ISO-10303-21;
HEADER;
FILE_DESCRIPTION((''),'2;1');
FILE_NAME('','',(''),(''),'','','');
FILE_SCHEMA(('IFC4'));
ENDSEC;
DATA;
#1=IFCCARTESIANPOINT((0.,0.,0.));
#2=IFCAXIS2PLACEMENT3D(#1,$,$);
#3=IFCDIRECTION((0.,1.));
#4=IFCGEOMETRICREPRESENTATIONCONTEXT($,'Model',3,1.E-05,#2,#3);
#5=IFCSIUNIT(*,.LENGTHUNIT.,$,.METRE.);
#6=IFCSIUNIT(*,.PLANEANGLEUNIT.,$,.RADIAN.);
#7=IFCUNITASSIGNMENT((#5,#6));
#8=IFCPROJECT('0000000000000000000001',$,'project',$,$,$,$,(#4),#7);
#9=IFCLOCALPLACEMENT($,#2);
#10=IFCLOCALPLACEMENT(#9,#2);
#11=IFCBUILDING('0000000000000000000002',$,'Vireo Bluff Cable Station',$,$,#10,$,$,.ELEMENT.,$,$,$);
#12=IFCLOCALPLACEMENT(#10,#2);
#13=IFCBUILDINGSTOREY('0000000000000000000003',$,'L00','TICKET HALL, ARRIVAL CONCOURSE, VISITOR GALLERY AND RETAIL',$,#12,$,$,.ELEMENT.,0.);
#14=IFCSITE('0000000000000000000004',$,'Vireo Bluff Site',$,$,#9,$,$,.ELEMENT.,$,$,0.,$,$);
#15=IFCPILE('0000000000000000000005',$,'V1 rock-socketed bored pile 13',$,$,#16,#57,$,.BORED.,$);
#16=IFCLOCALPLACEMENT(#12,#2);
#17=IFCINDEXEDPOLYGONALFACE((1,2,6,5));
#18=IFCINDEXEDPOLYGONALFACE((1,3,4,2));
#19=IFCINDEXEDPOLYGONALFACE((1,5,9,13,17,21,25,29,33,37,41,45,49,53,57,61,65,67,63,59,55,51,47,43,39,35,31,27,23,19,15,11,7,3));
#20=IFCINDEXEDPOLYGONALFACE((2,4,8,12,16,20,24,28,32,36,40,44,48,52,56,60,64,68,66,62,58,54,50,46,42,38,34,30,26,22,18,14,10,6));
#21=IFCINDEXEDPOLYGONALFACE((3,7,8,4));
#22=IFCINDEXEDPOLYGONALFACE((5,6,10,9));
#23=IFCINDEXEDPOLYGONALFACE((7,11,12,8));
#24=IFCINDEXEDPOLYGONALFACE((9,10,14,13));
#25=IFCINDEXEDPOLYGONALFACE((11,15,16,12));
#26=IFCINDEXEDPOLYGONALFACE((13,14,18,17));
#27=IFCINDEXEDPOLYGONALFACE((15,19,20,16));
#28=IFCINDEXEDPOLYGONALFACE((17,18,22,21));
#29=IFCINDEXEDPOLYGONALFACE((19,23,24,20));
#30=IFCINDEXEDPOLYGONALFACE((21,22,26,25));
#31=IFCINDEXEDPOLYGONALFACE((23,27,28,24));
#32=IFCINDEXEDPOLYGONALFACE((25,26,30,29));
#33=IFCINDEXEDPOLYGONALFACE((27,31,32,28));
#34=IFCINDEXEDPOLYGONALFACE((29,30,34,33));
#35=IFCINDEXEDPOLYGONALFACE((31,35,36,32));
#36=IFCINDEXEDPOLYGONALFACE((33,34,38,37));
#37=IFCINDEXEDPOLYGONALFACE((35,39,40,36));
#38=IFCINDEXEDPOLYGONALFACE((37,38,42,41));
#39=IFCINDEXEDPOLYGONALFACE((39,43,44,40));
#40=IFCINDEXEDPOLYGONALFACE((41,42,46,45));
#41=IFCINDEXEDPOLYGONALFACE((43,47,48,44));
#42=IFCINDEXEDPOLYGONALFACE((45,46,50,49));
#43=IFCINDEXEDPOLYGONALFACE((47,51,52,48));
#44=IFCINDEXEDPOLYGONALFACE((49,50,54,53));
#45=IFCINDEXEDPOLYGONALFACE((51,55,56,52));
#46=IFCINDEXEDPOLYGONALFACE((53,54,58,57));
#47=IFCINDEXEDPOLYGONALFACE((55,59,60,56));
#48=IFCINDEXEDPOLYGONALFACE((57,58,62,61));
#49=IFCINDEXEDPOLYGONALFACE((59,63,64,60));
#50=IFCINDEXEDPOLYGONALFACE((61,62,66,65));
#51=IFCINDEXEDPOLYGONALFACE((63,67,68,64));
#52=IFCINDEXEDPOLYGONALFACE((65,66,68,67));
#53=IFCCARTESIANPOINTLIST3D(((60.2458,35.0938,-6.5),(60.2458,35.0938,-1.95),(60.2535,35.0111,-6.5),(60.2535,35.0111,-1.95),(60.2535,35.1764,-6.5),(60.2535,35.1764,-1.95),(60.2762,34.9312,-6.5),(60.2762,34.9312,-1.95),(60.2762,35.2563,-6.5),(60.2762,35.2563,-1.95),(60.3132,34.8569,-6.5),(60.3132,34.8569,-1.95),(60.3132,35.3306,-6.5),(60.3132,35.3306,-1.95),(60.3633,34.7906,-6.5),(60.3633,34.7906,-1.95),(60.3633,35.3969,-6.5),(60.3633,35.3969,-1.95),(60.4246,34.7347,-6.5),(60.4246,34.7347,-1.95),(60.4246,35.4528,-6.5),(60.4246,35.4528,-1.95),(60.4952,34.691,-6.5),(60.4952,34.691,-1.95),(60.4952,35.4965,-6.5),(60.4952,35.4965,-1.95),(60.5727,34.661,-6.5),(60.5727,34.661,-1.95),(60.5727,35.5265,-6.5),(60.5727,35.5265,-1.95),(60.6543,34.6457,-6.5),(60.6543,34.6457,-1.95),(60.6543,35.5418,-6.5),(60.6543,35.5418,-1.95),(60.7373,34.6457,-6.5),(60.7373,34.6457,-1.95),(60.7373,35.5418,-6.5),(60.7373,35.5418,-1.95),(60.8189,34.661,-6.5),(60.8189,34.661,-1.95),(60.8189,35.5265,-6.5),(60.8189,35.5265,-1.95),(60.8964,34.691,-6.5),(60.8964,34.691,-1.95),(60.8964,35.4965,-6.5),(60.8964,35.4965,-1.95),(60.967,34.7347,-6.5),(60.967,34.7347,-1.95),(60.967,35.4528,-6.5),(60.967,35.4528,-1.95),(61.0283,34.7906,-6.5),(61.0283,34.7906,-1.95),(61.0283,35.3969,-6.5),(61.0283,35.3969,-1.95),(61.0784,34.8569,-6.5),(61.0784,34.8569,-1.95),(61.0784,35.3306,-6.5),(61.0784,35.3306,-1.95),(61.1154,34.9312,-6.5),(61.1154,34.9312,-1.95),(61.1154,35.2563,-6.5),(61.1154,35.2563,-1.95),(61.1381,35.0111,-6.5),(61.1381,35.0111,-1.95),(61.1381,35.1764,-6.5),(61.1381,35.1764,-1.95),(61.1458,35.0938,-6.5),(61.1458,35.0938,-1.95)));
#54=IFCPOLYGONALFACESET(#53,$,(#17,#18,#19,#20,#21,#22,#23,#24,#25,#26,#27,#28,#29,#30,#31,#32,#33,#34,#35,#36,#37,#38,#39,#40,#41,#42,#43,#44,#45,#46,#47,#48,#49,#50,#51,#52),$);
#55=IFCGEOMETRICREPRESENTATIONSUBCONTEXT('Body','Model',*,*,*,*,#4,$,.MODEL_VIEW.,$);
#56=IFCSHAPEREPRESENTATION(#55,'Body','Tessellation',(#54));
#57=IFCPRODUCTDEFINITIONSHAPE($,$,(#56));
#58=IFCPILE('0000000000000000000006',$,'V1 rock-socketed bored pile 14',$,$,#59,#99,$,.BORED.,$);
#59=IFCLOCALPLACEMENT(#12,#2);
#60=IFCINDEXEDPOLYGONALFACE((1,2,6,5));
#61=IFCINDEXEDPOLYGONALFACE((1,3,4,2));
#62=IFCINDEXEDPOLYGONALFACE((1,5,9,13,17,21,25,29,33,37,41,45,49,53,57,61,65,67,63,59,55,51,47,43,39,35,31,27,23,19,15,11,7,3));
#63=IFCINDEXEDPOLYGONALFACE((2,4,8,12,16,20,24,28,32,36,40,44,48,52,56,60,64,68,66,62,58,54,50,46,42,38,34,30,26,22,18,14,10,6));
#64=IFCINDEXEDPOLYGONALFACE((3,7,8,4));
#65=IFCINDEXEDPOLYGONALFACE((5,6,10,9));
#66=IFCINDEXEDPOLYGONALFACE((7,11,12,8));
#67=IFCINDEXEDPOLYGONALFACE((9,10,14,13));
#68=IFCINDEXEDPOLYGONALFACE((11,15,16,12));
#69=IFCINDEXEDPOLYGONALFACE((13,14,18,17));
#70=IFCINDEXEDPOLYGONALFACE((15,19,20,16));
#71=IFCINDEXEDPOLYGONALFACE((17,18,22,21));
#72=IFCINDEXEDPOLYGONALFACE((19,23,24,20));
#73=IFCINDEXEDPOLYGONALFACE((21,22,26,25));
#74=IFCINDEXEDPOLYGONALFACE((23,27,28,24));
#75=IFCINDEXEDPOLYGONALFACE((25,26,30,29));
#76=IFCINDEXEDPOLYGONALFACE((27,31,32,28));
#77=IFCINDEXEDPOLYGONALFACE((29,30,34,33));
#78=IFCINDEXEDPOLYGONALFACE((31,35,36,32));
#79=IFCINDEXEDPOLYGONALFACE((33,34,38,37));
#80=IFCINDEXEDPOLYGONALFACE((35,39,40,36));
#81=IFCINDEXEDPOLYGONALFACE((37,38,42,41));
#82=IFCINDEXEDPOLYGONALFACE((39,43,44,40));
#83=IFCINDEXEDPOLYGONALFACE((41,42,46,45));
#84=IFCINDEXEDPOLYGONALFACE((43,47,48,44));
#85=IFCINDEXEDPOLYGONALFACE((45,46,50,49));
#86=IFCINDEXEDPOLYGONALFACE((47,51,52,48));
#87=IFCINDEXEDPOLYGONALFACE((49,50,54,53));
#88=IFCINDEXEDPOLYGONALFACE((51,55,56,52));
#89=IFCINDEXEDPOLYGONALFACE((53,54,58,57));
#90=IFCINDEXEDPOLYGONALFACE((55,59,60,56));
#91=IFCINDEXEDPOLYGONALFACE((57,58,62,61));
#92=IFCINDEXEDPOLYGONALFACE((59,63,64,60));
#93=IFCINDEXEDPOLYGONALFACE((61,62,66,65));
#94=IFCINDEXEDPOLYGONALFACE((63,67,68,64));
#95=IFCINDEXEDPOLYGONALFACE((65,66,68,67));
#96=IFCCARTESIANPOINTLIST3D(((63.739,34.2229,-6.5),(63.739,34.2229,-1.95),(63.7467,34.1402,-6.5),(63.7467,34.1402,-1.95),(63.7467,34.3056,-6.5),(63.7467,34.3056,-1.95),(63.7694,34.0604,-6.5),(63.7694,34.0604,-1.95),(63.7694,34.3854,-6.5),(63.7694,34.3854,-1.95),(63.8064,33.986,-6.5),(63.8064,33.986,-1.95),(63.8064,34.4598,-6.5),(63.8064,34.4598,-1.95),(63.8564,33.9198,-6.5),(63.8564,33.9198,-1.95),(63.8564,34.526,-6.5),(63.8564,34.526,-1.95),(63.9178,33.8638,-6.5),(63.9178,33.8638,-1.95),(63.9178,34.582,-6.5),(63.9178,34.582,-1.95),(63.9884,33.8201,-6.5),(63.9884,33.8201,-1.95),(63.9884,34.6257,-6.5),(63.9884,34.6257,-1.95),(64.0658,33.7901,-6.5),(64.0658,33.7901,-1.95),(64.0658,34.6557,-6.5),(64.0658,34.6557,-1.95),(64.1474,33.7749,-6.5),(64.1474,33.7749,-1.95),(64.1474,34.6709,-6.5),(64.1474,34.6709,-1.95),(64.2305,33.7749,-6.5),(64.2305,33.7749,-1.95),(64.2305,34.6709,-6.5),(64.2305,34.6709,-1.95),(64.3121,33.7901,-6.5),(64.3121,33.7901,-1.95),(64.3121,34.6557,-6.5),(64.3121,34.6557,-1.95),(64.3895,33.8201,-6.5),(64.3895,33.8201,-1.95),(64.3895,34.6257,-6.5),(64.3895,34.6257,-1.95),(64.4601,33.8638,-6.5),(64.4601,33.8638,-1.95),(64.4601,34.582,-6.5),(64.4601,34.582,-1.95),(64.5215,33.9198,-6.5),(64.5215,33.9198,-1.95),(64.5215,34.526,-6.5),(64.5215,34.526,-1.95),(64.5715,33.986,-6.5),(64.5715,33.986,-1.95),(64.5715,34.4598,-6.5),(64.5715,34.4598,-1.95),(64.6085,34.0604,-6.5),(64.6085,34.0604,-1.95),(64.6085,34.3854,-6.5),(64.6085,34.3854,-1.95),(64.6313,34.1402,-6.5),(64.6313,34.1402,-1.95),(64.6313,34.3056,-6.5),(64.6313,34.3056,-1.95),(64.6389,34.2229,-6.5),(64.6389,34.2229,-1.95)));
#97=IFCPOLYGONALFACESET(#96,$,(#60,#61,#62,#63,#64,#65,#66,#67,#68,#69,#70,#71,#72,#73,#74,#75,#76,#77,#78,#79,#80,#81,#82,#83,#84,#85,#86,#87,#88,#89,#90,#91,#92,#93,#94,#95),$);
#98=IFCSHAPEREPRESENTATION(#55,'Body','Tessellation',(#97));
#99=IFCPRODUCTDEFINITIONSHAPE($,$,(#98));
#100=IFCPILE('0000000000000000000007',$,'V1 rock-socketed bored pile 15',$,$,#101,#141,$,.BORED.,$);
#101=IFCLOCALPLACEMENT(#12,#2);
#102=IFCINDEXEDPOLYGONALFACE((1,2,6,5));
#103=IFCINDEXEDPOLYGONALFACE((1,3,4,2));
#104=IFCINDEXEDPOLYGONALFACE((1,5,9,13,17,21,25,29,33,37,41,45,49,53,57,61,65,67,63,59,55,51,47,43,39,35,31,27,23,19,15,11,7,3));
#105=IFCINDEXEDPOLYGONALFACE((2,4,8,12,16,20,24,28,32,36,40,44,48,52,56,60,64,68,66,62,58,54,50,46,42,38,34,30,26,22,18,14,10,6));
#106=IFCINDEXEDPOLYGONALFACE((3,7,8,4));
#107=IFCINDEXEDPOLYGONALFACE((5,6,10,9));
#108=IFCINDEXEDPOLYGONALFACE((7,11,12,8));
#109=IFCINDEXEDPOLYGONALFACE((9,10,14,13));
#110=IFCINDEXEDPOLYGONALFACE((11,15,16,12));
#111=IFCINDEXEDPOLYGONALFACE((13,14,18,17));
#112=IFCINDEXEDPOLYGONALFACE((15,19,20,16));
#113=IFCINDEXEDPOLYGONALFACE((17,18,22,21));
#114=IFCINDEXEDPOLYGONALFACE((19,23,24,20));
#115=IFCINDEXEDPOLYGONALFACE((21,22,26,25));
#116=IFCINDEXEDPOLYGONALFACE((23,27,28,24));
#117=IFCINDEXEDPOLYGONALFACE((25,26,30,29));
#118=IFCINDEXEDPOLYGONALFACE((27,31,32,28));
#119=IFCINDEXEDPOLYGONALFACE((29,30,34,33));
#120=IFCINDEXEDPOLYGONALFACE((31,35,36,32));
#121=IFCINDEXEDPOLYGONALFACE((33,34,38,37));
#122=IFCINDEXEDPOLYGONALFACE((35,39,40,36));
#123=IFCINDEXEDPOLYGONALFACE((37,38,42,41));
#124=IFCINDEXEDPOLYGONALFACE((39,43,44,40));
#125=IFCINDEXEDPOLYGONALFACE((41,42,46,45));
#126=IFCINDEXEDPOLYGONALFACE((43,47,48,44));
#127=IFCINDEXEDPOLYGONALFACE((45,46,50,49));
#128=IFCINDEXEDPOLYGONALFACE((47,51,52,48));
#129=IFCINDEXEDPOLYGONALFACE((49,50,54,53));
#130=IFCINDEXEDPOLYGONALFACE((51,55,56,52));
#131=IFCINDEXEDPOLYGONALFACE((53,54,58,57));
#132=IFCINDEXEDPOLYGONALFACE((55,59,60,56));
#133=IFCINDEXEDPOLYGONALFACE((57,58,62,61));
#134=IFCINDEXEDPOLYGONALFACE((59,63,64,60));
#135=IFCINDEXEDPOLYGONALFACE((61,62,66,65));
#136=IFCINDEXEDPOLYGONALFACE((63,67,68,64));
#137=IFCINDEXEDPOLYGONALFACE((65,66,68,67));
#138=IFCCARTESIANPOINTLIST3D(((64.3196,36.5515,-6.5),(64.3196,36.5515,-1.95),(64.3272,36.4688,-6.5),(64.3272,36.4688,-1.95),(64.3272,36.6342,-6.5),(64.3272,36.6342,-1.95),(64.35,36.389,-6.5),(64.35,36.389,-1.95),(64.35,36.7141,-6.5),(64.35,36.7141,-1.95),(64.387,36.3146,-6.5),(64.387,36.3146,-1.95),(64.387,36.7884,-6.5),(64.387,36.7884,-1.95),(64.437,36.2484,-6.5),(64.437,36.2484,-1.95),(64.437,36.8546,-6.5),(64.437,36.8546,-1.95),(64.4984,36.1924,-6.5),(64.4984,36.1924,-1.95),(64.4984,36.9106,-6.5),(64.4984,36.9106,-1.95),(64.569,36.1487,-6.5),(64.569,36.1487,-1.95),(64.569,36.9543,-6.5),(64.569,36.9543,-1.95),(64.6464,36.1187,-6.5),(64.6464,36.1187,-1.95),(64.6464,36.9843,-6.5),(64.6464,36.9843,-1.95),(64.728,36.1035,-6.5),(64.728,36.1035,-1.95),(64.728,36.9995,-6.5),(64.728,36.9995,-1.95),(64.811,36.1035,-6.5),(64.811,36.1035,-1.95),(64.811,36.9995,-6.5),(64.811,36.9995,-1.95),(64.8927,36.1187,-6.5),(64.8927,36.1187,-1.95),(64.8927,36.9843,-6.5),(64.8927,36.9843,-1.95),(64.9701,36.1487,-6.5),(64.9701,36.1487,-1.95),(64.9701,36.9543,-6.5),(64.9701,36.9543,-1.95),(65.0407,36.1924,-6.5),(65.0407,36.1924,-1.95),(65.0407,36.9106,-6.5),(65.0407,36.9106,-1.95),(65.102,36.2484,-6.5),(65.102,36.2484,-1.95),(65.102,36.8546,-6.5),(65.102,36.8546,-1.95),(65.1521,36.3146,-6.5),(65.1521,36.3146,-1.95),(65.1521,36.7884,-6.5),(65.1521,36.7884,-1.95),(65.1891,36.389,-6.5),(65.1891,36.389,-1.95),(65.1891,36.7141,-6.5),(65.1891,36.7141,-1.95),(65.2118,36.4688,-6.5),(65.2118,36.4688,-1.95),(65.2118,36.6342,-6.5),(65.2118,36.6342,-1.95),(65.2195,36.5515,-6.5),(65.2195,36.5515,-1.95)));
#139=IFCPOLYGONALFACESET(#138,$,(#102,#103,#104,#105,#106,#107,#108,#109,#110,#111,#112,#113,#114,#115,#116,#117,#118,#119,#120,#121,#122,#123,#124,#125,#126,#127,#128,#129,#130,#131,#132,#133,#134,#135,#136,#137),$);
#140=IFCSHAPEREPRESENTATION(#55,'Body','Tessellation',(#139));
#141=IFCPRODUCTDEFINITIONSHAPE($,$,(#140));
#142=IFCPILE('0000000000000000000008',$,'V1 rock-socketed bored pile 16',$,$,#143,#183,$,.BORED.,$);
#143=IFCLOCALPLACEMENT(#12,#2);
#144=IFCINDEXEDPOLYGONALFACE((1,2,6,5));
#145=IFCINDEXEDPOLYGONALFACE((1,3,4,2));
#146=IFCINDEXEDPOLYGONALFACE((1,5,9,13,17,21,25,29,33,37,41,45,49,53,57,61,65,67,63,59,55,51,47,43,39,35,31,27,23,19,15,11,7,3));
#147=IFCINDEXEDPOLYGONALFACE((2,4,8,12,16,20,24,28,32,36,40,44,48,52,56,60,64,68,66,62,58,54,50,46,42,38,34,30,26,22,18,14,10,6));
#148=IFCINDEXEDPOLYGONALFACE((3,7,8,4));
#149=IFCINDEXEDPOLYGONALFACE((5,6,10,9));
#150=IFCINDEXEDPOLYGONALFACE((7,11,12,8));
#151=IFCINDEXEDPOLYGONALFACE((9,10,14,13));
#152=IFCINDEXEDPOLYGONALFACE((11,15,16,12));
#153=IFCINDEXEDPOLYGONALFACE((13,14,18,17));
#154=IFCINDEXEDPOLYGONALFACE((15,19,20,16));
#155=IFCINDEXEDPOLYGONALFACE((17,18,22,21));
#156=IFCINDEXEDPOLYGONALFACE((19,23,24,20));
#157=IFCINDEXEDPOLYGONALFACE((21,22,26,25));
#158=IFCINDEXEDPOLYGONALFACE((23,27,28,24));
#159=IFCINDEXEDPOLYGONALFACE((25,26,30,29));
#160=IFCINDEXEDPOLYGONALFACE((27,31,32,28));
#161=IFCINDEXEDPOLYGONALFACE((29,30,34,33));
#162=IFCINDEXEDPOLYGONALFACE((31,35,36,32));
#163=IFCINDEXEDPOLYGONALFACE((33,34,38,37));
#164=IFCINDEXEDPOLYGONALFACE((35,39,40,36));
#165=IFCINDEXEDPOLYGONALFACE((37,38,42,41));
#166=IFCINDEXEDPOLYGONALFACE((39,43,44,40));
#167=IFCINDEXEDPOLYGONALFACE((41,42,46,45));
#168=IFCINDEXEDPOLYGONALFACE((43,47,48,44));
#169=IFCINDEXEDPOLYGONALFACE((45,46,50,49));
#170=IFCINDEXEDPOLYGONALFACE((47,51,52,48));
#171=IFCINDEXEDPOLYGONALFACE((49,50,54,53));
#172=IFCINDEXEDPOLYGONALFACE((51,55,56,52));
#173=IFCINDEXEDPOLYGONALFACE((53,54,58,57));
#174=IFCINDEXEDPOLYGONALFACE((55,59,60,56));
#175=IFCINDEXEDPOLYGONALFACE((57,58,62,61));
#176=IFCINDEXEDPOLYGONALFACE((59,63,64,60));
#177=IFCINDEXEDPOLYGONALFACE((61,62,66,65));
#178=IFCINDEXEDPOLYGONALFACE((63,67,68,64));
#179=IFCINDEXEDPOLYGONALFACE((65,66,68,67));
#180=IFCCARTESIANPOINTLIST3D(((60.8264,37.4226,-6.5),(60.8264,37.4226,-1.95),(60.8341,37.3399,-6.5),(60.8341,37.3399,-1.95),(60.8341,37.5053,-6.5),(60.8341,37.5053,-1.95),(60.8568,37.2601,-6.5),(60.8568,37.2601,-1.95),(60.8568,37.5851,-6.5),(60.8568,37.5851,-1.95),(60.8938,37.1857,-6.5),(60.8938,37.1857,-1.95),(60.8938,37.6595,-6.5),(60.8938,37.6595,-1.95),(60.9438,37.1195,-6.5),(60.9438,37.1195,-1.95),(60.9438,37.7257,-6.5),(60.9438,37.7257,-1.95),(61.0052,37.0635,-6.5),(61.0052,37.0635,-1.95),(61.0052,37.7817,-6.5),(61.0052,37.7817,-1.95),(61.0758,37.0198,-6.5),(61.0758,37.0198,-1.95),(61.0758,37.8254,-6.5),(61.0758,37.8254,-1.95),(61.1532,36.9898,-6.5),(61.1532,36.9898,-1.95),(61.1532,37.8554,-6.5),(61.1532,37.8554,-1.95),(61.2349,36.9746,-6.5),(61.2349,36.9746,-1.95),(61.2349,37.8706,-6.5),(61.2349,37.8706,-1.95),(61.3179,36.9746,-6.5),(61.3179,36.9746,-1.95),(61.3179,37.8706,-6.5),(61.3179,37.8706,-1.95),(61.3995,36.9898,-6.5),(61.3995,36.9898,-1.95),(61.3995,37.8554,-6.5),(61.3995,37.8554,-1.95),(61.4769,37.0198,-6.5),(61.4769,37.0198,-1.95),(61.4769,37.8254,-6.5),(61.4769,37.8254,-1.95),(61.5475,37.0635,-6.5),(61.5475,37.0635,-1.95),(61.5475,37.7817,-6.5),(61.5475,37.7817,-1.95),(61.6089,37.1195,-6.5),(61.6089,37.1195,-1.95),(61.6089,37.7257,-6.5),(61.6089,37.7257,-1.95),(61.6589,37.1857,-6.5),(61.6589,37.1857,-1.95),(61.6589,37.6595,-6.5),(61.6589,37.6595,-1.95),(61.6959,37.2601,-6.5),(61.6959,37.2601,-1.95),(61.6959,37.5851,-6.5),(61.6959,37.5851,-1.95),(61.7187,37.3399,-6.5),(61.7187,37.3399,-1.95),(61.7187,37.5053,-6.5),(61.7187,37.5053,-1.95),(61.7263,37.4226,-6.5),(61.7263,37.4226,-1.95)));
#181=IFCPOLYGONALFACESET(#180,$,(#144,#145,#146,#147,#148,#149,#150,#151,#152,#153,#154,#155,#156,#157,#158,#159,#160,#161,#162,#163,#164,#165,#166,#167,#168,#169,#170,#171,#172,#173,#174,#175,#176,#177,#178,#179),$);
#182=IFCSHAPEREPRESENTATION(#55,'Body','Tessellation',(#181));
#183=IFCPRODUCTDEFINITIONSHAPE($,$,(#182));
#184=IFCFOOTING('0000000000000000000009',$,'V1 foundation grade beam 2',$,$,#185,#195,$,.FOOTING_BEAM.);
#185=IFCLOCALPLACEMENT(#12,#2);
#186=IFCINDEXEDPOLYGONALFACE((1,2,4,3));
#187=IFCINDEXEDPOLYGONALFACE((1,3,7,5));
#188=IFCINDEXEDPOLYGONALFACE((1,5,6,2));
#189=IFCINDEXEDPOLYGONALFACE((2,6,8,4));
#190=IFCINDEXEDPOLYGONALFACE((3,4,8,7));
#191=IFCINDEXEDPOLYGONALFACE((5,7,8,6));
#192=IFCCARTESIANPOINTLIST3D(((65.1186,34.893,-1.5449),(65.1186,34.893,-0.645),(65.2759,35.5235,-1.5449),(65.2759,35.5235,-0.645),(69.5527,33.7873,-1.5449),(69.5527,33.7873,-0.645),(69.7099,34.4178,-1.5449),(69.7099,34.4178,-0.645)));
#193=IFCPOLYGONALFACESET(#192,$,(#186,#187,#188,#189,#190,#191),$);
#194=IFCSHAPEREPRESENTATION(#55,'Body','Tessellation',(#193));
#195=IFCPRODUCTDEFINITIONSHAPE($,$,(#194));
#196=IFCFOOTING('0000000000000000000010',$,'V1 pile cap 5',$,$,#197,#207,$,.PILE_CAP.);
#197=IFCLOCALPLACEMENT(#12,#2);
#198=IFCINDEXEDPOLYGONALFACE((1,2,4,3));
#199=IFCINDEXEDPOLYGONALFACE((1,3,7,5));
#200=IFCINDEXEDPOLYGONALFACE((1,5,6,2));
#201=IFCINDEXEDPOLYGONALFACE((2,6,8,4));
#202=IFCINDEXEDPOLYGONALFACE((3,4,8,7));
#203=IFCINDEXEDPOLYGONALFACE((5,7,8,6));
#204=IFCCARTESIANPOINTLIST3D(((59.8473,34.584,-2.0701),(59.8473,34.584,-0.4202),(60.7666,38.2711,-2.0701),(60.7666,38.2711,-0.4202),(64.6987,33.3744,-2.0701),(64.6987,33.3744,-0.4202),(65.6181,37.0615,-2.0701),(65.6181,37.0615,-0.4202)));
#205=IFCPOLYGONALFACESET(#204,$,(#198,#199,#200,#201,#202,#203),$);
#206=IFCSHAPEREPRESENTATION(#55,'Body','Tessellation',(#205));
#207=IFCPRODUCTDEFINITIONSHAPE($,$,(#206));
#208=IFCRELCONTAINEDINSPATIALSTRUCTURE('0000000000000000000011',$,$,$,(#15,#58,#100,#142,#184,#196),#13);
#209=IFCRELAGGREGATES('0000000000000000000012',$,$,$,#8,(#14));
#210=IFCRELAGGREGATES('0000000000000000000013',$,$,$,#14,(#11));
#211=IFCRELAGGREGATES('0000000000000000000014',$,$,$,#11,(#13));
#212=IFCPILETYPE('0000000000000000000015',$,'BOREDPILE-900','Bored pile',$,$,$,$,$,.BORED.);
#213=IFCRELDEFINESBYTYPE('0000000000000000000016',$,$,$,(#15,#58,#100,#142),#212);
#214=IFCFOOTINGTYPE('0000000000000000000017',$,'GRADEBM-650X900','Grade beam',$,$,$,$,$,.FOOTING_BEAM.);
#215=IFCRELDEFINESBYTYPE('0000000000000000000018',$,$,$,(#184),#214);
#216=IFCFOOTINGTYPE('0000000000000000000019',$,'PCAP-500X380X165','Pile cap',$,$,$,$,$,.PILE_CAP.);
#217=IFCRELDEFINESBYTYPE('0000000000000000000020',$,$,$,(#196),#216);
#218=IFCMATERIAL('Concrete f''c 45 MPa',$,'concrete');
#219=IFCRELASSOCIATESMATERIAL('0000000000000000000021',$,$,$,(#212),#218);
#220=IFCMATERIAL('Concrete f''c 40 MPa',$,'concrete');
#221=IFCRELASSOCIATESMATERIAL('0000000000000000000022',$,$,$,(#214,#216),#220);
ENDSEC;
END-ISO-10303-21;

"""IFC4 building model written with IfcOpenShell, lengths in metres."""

from ifc_helpers import new_model, si_unit, direction, frame, origin, origin_2d, place, context, subcontext, project, spatial, rectangle, circle, extrude, material, material_profile, profile_set, type_object, element, save


model = new_model("IFC4")

# Units and contexts
model_context = context("Model", 3, precision=1e-05, world=origin(), true_north=direction((0.0, 1.0)))
body_context = subcontext(model_context, "Body", "Model", "MODEL_VIEW")
ifc_project = project(units=[si_unit("LENGTHUNIT", "METRE"), si_unit("PLANEANGLEUNIT", "RADIAN")], contexts=[model_context])

# Site, building, storey
site_placement = place(None, origin())
site = spatial("IfcSite", under=ifc_project, at=site_placement, Name="Vireo Bluff Site", CompositionType="ELEMENT", RefElevation=0.0)
building_placement = place(site_placement, origin())
building = spatial("IfcBuilding", under=site, at=building_placement, Name="Vireo Bluff Cable Station", CompositionType="ELEMENT")
storey_placement = place(building_placement, origin())
storey = spatial("IfcBuildingStorey", under=building, at=storey_placement, Name="L00", Description="TICKET HALL, ARRIVAL CONCOURSE, VISITOR GALLERY AND RETAIL", CompositionType="ELEMENT", Elevation=0.0)

# Piles
ifc_material_1 = material(Name="Concrete f'c 45 MPa", Category="concrete")
ifc_material_profile_1 = material_profile(ifc_material_1, circle(Radius=0.45, at=origin_2d()), Name="BOREDPILE-900")
ifc_profile_set_1 = profile_set([ifc_material_profile_1], Name="Concrete f'c 45 MPa")
pile_type = type_object("IfcPileType", Name="BOREDPILE-900", Description="Bored pile", PredefinedType="BORED", material=ifc_profile_set_1)
for number, where, z_axis, x_axis, name in (
    (1, (60.6958, 35.0938, -1.95), (0.0, 0.0, -1.0), (1.0, 0.0, 0.0), "V1 rock-socketed bored pile 13"),
    (2, (64.189, 34.2229, -1.95), (0.0, 0.0, -1.0), (1.0, 0.0, 0.0), "V1 rock-socketed bored pile 14"),
    (3, (64.7695, 36.5515, -1.95), (0.0, 0.0, -1.0), (1.0, 0.0, 0.0), "V1 rock-socketed bored pile 15"),
    (4, (61.2764, 37.4226, -1.95), (0.0, 0.0, -1.0), (1.0, 0.0, 0.0), "V1 rock-socketed bored pile 16"),
):
    element("IfcPile", number, at=place(storey_placement, frame(where, z_axis=z_axis, x_axis=x_axis)), inside=storey, type_object=pile_type, Name=name, PredefinedType="BORED", context=body_context, shape_type="SweptSolid", body=[
        extrude(circle(Radius=0.45, at=origin_2d()), origin(), (0.0, 0.0, 1.0), 4.55),
    ])

# Footings
ifc_material_2 = material(Name="Concrete f'c 40 MPa", Category="concrete")
ifc_material_profile_2 = material_profile(ifc_material_2, rectangle(XDim=0.6499, YDim=0.8999, at=origin_2d()), Name="GRADEBM-650X900")
ifc_profile_set_2 = profile_set([ifc_material_profile_2], Name="Concrete f'c 40 MPa")
footing_type_1 = type_object("IfcFootingType", Name="GRADEBM-650X900", Description="Grade beam", PredefinedType="FOOTING_BEAM", material=ifc_profile_set_2)
footing_1_placement = place(storey_placement, frame((65.1973, 35.2083, -1.095), z_axis=(0.970287, -0.241957, 0.0), x_axis=(0.241957, 0.970287, 0.0)))
element("IfcFooting", 5, at=footing_1_placement, inside=storey, type_object=footing_type_1, Name="V1 foundation grade beam 2", PredefinedType="FOOTING_BEAM", context=body_context, shape_type="SweptSolid", body=[
    extrude(rectangle(XDim=0.6499, YDim=0.8999, at=origin_2d()), origin(), (0.0, 0.0, 1.0), 4.5698),
])
footing_type_2 = type_object("IfcFootingType", Name="PCAP-500X380X165", Description="Pile cap", PredefinedType="PILE_CAP", material=ifc_material_2)
footing_2_placement = place(storey_placement, frame((62.7327, 35.8228, -2.0701), z_axis=(0.0, 0.0, 1.0), x_axis=(0.970296, -0.241922, 0.0)))
element("IfcFooting", 6, at=footing_2_placement, inside=storey, type_object=footing_type_2, Name="V1 pile cap 5", PredefinedType="PILE_CAP", context=body_context, shape_type="SweptSolid", body=[
    extrude(rectangle(XDim=5.0, YDim=3.8, at=origin_2d()), origin(), (0.0, 0.0, 1.0), 1.6499),
])

save(model, "model.ifc")
